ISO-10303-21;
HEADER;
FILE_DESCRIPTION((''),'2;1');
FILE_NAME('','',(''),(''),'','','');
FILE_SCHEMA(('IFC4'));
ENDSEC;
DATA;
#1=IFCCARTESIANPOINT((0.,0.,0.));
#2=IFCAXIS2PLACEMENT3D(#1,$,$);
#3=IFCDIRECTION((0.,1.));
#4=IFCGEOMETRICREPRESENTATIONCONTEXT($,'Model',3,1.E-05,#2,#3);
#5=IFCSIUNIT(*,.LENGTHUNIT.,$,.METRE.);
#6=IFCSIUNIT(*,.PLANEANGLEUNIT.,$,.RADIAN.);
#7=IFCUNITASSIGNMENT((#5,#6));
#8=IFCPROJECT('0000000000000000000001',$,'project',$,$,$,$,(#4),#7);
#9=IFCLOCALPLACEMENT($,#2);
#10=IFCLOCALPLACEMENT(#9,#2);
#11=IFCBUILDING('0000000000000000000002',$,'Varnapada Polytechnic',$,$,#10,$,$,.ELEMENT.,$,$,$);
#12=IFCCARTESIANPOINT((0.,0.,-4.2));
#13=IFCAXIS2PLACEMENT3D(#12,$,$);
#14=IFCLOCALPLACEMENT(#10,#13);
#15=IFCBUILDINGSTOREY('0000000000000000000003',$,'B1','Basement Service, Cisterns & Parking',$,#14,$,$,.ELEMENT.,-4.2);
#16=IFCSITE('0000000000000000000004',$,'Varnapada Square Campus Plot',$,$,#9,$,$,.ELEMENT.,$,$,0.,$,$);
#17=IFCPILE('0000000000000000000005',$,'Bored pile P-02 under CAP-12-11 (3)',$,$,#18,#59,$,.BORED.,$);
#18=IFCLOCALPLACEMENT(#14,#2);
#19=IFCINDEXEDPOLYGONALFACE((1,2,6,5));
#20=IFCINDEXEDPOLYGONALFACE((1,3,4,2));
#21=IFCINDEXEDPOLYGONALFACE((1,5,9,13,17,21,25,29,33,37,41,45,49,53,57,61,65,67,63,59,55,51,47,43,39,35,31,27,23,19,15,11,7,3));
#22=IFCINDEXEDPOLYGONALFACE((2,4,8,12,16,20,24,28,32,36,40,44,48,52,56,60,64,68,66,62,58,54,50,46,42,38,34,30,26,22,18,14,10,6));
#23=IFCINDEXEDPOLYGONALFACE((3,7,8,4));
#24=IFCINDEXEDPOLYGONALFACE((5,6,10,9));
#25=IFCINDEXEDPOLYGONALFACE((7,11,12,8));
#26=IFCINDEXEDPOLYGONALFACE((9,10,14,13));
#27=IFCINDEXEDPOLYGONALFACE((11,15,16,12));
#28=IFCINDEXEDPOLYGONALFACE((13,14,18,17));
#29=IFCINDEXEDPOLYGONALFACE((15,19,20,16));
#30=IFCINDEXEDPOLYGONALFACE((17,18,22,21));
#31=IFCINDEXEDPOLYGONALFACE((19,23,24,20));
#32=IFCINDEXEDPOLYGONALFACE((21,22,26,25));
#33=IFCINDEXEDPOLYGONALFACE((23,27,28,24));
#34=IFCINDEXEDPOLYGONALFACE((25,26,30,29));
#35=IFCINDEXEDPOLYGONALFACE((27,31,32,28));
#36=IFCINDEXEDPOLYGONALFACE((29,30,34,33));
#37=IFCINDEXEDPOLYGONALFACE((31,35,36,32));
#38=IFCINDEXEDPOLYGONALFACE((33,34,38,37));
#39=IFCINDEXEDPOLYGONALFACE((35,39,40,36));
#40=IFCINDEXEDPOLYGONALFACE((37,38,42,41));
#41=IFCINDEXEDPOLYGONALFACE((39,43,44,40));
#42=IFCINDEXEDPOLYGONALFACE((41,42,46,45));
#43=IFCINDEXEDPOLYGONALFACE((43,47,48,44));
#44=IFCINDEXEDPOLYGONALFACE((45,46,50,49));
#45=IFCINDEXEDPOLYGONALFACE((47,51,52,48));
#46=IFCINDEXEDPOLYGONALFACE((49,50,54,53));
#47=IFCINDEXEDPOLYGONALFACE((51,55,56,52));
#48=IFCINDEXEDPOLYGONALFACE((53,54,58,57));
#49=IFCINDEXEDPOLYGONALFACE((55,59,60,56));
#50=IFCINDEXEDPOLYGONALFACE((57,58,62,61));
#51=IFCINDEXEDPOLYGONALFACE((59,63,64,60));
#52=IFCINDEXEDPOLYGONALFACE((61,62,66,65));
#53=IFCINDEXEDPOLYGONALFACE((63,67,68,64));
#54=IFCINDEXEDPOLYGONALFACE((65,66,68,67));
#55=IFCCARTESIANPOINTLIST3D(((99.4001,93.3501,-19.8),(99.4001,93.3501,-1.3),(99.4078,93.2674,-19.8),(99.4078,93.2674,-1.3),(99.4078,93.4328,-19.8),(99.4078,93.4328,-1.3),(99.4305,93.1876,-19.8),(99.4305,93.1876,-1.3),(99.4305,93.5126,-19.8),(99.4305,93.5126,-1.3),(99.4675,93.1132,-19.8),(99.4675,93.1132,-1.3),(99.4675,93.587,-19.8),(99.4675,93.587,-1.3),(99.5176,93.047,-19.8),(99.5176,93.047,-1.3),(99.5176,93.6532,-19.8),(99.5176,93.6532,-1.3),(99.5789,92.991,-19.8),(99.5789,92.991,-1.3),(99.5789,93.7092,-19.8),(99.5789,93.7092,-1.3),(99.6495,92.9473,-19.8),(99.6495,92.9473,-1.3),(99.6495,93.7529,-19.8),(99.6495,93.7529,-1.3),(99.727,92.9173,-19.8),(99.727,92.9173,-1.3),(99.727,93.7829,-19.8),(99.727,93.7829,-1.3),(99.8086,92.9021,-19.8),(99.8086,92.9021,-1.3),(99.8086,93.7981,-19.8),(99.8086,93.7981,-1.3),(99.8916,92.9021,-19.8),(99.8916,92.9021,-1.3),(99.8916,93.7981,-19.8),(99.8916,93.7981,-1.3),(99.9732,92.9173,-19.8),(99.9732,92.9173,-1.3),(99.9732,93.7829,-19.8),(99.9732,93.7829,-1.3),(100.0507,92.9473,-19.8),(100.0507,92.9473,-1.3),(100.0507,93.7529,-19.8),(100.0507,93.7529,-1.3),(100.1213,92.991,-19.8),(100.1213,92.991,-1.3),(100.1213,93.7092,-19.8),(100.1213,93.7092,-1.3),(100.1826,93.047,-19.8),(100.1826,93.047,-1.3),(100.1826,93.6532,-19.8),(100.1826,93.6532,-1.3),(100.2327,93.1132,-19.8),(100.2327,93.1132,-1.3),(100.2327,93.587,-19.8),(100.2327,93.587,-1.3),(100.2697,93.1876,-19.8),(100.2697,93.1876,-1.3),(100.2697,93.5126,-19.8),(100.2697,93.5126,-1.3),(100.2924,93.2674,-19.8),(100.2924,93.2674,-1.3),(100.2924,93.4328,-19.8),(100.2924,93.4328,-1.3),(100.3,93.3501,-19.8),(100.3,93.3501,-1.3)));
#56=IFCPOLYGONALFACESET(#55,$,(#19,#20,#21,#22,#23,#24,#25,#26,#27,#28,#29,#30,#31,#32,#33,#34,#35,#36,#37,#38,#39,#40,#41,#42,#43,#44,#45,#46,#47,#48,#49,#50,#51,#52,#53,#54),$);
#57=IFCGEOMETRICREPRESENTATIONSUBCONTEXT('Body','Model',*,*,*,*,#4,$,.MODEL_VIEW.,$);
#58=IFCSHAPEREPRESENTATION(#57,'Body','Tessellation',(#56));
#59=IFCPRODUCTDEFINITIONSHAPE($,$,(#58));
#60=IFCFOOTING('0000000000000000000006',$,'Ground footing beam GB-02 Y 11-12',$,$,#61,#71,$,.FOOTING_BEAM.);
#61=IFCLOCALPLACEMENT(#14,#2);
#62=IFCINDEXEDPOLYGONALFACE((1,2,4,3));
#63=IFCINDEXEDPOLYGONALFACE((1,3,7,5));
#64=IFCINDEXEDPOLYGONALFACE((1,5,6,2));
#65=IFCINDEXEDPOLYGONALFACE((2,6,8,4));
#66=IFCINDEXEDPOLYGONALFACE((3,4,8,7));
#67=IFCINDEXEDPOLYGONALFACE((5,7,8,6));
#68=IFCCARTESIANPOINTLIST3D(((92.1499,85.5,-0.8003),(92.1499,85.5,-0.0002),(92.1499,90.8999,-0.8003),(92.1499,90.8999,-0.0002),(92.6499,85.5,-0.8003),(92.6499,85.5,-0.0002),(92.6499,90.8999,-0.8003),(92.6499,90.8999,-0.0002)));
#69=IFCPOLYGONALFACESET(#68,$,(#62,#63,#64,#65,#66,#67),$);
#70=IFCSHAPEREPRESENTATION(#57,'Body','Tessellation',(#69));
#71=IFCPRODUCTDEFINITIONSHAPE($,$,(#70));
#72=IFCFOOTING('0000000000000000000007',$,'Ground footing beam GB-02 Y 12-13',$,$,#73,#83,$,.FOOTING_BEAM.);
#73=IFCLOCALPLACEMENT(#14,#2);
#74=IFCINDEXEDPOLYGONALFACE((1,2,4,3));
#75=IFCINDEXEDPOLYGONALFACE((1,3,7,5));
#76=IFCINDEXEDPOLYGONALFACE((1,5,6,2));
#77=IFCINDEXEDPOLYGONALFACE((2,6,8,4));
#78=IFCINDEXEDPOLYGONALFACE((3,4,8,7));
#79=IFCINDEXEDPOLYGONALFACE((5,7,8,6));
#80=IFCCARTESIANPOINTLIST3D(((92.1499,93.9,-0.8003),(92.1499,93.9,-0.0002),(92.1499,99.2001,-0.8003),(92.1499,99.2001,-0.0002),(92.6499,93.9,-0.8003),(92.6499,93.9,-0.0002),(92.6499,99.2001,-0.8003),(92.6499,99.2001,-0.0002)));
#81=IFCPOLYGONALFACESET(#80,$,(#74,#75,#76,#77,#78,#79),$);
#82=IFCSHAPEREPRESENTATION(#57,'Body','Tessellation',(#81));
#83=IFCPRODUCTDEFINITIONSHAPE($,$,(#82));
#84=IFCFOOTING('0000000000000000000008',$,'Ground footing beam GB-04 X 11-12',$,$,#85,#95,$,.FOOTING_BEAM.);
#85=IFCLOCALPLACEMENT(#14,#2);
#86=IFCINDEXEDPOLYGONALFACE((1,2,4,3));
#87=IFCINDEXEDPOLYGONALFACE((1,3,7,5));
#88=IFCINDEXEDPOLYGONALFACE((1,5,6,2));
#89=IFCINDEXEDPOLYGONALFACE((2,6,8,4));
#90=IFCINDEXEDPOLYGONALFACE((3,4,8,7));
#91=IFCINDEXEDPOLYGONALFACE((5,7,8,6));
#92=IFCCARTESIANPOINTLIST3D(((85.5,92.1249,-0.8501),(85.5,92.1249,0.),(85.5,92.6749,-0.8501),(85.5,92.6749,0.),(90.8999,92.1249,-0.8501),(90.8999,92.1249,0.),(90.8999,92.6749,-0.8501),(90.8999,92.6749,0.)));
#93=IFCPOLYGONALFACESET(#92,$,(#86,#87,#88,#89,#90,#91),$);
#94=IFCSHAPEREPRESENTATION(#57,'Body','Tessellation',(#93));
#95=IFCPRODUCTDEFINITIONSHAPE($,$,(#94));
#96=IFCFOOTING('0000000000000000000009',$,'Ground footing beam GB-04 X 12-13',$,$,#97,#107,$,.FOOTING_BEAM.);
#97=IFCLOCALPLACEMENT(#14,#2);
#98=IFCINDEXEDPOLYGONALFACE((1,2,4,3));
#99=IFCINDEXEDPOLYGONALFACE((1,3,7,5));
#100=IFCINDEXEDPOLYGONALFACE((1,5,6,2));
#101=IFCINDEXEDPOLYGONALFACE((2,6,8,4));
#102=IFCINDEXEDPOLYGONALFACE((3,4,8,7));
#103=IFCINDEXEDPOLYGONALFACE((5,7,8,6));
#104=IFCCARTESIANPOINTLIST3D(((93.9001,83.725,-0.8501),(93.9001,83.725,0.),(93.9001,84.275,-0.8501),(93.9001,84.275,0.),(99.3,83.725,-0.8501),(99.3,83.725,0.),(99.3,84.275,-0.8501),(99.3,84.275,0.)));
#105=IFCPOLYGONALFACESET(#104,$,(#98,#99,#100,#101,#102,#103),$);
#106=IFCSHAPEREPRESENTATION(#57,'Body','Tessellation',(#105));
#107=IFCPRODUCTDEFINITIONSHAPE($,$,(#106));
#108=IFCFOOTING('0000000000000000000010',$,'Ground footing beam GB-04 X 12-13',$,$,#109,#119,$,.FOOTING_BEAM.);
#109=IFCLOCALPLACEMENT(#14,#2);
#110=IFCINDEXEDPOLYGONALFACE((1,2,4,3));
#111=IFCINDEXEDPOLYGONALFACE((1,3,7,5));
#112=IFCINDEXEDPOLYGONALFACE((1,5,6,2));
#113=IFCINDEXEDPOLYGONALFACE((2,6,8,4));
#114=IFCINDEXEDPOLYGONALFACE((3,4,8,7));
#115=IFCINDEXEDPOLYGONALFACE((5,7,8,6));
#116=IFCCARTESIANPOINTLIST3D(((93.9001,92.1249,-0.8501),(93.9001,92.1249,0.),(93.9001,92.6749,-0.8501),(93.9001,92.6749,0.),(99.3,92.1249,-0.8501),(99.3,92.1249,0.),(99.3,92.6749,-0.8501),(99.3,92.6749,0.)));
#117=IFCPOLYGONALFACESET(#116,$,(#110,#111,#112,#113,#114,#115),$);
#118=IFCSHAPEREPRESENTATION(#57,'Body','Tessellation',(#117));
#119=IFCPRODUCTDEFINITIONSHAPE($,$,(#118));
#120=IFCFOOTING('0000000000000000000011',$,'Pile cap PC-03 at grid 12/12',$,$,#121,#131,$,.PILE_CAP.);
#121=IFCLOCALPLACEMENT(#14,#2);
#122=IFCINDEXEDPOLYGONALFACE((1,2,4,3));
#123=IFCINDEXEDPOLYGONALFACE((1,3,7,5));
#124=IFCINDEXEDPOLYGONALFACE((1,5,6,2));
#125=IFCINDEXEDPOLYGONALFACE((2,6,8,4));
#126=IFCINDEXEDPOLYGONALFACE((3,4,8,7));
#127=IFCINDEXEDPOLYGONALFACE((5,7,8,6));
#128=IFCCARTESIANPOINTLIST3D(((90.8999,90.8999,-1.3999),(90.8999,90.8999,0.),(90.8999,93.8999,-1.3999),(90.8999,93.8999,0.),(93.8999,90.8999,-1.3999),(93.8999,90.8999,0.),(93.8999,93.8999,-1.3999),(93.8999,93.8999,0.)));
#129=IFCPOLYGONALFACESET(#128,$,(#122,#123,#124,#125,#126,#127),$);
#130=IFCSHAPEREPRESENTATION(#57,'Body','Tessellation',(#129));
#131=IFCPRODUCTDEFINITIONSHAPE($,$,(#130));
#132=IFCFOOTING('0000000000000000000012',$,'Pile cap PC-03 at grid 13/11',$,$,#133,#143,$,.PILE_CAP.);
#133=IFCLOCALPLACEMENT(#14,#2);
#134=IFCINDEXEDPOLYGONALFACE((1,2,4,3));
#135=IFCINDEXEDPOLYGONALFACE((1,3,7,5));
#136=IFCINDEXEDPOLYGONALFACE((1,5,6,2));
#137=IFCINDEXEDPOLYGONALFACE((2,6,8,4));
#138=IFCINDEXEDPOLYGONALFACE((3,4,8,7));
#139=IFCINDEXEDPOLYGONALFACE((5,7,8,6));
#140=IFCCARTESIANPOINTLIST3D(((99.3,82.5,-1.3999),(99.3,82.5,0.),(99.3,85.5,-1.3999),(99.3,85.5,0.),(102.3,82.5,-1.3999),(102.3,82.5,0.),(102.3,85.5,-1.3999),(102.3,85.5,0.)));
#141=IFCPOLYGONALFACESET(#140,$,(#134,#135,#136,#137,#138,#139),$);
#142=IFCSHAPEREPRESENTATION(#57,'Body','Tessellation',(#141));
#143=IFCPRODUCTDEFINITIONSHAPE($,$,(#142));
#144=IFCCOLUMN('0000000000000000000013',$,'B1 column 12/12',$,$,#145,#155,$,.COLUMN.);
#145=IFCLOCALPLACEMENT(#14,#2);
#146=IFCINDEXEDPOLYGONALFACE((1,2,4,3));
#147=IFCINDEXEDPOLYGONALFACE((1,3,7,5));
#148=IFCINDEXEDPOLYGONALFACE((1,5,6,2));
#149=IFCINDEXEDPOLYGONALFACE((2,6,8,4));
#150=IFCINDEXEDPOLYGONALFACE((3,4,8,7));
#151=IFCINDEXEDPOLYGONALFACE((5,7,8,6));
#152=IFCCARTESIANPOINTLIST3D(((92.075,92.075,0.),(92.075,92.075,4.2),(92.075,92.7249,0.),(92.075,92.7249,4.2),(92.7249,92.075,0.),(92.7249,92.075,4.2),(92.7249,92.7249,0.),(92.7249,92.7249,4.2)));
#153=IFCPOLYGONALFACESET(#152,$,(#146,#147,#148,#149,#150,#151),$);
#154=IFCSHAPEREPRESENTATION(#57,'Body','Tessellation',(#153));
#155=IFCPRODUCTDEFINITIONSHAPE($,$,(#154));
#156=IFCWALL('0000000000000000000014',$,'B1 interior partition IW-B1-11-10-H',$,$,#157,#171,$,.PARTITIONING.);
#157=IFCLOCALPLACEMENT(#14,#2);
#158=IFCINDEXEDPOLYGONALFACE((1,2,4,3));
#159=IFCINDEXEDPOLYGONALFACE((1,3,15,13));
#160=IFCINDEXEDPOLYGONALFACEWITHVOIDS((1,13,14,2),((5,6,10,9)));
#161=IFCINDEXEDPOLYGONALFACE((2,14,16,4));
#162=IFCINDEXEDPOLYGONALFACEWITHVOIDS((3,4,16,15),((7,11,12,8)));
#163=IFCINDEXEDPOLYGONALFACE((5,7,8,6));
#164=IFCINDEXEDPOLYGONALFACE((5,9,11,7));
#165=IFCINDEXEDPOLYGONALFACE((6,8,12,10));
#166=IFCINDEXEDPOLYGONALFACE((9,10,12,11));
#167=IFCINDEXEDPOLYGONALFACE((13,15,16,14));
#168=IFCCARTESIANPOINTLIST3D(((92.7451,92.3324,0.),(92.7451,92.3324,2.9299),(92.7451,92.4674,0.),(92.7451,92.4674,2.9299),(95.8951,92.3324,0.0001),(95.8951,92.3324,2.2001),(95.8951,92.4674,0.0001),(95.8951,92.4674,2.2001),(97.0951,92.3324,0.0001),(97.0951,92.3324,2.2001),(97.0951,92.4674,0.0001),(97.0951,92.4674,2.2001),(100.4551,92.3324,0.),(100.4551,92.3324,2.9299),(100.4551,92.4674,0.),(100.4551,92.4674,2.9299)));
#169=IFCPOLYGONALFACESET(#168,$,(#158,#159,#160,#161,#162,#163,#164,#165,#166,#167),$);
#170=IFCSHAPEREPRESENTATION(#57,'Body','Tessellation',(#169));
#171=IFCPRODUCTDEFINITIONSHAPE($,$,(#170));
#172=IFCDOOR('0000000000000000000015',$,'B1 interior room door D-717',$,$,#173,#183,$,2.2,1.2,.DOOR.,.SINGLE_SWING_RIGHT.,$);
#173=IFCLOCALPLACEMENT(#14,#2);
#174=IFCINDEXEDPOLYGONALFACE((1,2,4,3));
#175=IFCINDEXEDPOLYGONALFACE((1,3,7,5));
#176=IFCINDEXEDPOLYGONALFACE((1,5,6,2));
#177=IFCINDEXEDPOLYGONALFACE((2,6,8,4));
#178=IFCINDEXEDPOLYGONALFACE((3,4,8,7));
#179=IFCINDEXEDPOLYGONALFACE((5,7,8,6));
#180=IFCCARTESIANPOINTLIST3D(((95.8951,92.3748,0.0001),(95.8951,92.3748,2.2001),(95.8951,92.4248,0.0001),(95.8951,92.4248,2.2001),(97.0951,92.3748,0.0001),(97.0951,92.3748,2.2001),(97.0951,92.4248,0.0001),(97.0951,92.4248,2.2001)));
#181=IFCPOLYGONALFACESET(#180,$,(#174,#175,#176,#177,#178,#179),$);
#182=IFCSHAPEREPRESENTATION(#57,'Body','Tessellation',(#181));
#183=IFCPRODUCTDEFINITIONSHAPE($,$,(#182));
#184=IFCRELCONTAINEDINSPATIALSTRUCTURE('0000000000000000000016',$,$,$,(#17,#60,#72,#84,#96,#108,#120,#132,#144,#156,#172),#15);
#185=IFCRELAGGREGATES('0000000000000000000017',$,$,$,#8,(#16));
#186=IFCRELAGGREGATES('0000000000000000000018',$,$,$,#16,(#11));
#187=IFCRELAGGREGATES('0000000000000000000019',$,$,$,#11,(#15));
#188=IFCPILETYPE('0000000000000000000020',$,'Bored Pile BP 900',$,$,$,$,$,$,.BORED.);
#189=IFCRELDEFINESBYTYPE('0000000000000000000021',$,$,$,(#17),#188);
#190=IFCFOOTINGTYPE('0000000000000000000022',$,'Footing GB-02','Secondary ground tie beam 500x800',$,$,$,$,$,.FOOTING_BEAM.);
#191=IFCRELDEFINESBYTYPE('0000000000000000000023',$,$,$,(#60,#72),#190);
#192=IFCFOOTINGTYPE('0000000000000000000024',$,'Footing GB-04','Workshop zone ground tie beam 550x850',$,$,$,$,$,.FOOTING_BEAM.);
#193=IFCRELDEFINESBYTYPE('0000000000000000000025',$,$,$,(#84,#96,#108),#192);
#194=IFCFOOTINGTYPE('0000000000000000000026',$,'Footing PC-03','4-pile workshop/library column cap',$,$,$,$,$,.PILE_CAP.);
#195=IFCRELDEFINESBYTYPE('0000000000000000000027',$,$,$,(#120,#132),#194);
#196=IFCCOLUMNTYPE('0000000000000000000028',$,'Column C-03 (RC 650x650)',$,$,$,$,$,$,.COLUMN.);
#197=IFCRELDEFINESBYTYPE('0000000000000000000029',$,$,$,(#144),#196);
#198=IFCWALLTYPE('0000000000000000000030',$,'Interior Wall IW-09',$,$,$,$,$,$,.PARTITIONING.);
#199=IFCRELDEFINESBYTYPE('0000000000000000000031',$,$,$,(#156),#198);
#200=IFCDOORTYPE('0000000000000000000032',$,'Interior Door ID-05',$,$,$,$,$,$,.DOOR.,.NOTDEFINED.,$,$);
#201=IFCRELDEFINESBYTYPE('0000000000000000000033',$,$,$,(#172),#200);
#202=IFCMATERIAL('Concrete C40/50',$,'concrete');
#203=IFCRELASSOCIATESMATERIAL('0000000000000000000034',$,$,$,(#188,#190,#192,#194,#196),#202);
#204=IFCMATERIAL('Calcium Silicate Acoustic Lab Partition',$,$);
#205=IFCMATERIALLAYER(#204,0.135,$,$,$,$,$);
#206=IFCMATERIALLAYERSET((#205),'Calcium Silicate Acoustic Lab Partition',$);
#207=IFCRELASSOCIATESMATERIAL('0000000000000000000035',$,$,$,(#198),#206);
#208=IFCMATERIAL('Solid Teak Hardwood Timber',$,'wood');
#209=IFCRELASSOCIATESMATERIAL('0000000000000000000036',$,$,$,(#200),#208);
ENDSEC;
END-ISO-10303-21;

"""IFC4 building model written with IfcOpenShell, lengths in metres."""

from ifc_helpers import new_model, si_unit, direction, frame, frame_2d, origin, origin_2d, place, context, subcontext, project, spatial, rectangle, circle, extrude, material, layer, layer_set, material_profile, profile_set, type_object, element, fill, save


model = new_model("IFC4")

# Units and contexts
model_context = context("Model", 3, precision=1e-05, world=origin(), true_north=direction((0.0, 1.0)))
body_context = subcontext(model_context, "Body", "Model", "MODEL_VIEW")
ifc_project = project(units=[si_unit("LENGTHUNIT", "METRE"), si_unit("PLANEANGLEUNIT", "RADIAN")], contexts=[model_context])

# Site, building, storey
site_placement = place(None, origin())
site = spatial("IfcSite", under=ifc_project, at=site_placement, Name="Varnapada Square Campus Plot", CompositionType="ELEMENT", RefElevation=0.0)
building_placement = place(site_placement, origin())
building = spatial("IfcBuilding", under=site, at=building_placement, Name="Varnapada Polytechnic", CompositionType="ELEMENT")
storey_placement = place(building_placement, frame((0.0, 0.0, -4.2)))
storey = spatial("IfcBuildingStorey", under=building, at=storey_placement, Name="B1", Description="Basement Service, Cisterns & Parking", CompositionType="ELEMENT", Elevation=-4.2)

# Pile
ifc_material_1 = material(Name="Concrete C40/50", Category="concrete")
ifc_material_profile_1 = material_profile(ifc_material_1, circle(Radius=0.45, at=origin_2d()), Name="BP 900")
ifc_profile_set_1 = profile_set([ifc_material_profile_1], Name="Concrete C40/50")
pile_type_1 = type_object("IfcPileType", Name="Bored Pile BP 900", PredefinedType="BORED", material=ifc_profile_set_1)
for number, where, z_axis, x_axis, name in (
    (1, (99.8501, 93.3501, -1.3), (0.0, 0.0, -1.0), (1.0, 0.0, 0.0), "Bored pile P-02 under CAP-12-11 (3)"),
):
    element("IfcPile", number, at=place(storey_placement, frame(where, z_axis=z_axis, x_axis=x_axis)), inside=storey, type_object=pile_type_1, Name=name, PredefinedType="BORED", context=body_context, shape_type="SweptSolid", body=[
        extrude(circle(Radius=0.45, at=origin_2d()), origin(), (0.0, 0.0, 1.0), 18.5),
    ])

# Footings
footing_type_1 = type_object("IfcFootingType", Name="Footing GB-02", Description="Secondary ground tie beam 500x800", PredefinedType="FOOTING_BEAM", material=ifc_material_1)
footing_1_placement = place(storey_placement, frame((92.3999, 88.2, -0.8003), z_axis=(0.0, 0.0, 1.0), x_axis=(0.0, 1.0, 0.0)))
element("IfcFooting", 2, at=footing_1_placement, inside=storey, type_object=footing_type_1, Name="Ground footing beam GB-02 Y 11-12", PredefinedType="FOOTING_BEAM", context=body_context, shape_type="SweptSolid", body=[
    extrude(rectangle(XDim=5.3999, YDim=0.5, at=origin_2d()), origin(), (0.0, 0.0, 1.0), 0.8),
])
footing_2_placement = place(storey_placement, frame((92.3999, 96.55, -0.8003), z_axis=(0.0, 0.0, 1.0), x_axis=(0.0, 1.0, 0.0)))
element("IfcFooting", 3, at=footing_2_placement, inside=storey, type_object=footing_type_1, Name="Ground footing beam GB-02 Y 12-13", PredefinedType="FOOTING_BEAM", context=body_context, shape_type="SweptSolid", body=[
    extrude(rectangle(XDim=5.3, YDim=0.5, at=origin_2d()), origin(), (0.0, 0.0, 1.0), 0.8),
])
footing_type_2 = type_object("IfcFootingType", Name="Footing GB-04", Description="Workshop zone ground tie beam 550x850", PredefinedType="FOOTING_BEAM", material=ifc_material_1)
for number, where, z_axis, x_axis, name in (
    (4, (88.2, 92.3999, -0.8501), (0.0, 0.0, 1.0), (1.0, 0.0, 0.0), "Ground footing beam GB-04 X 11-12"),
    (5, (96.6001, 84.0, -0.8501), (0.0, 0.0, 1.0), (1.0, 0.0, 0.0), "Ground footing beam GB-04 X 12-13"),
    (6, (96.6001, 92.3999, -0.8501), (0.0, 0.0, 1.0), (1.0, 0.0, 0.0), "Ground footing beam GB-04 X 12-13"),
):
    element("IfcFooting", number, at=place(storey_placement, frame(where, z_axis=z_axis, x_axis=x_axis)), inside=storey, type_object=footing_type_2, Name=name, PredefinedType="FOOTING_BEAM", context=body_context, shape_type="SweptSolid", body=[
        extrude(rectangle(XDim=5.3999, YDim=0.55, at=origin_2d()), origin(), (0.0, 0.0, 1.0), 0.8501),
    ])
footing_type_3 = type_object("IfcFootingType", Name="Footing PC-03", Description="4-pile workshop/library column cap", PredefinedType="PILE_CAP", material=ifc_material_1)
for number, where, z_axis, x_axis, name in (
    (7, (92.3999, 92.3999, -1.3999), (0.0, 0.0, 1.0), (1.0, 0.0, 0.0), "Pile cap PC-03 at grid 12/12"),
    (8, (100.8, 84.0, -1.3999), (0.0, 0.0, 1.0), (1.0, 0.0, 0.0), "Pile cap PC-03 at grid 13/11"),
):
    element("IfcFooting", number, at=place(storey_placement, frame(where, z_axis=z_axis, x_axis=x_axis)), inside=storey, type_object=footing_type_3, Name=name, PredefinedType="PILE_CAP", context=body_context, shape_type="SweptSolid", body=[
        extrude(rectangle(XDim=3.0, YDim=3.0, at=origin_2d()), origin(), (0.0, 0.0, 1.0), 1.3999),
    ])

# Column
ifc_material_profile_2 = material_profile(ifc_material_1, rectangle(XDim=0.6499, YDim=0.6499, at=origin_2d()), Name="RC 650x650")
ifc_profile_set_2 = profile_set([ifc_material_profile_2], Name="Concrete C40/50")
column_type = type_object("IfcColumnType", Name="Column C-03 (RC 650x650)", PredefinedType="COLUMN", material=ifc_profile_set_2)
column_placement = place(storey_placement, frame((92.3999, 92.3999, 0.0), z_axis=(0.0, 0.0, 1.0), x_axis=(1.0, 0.0, 0.0)))
element("IfcColumn", 9, at=column_placement, inside=storey, type_object=column_type, Name="B1 column 12/12", PredefinedType="COLUMN", context=body_context, shape_type="SweptSolid", body=[
    extrude(rectangle(XDim=0.6499, YDim=0.6499, at=origin_2d()), origin(), (0.0, 0.0, 1.0), 4.2),
])

# Wall, opening, door
ifc_material_2 = material(Name="Calcium Silicate Acoustic Lab Partition")
ifc_layer_1 = layer(ifc_material_2, 0.135)
ifc_layer_set_1 = layer_set([ifc_layer_1], Name="Calcium Silicate Acoustic Lab Partition")
wall_type_1 = type_object("IfcWallType", Name="Interior Wall IW-09", PredefinedType="PARTITIONING", material=ifc_layer_set_1)
wall_1_placement = place(storey_placement, frame((92.7451, 92.3999, 0.0), z_axis=(0.0, 0.0, 1.0), x_axis=(1.0, 0.0, 0.0)))
wall_1 = element("IfcWall", 10, at=wall_1_placement, inside=storey, type_object=wall_type_1, Name="B1 interior partition IW-B1-11-10-H", PredefinedType="PARTITIONING", context=body_context, shape_type="SweptSolid", body=[
    extrude(rectangle(XDim=7.71, YDim=0.135, at=frame_2d((3.855, 0.0))), origin(), (0.0, 0.0, 1.0), 2.9299),
])
opening_1_placement = place(wall_1_placement, frame((3.1499, 0.0, 0.0)))
opening_1 = element("IfcOpeningElement", 11, at=opening_1_placement, cuts=wall_1, PredefinedType="OPENING", context=body_context, shape_type="SweptSolid", body=[
    extrude(rectangle(XDim=1.2, YDim=2.2, at=frame_2d((0.6001, 1.1001))), frame((0.0, 0.0774, 0.0), z_axis=(0.0, -1.0, 0.0), x_axis=(1.0, 0.0, 0.0)), (0.0, 0.0, 1.0), 0.155),
])
ifc_material_3 = material(Name="Solid Teak Hardwood Timber", Category="wood")
door_type_1 = type_object("IfcDoorType", Name="Interior Door ID-05", OperationType="NOTDEFINED", PredefinedType="DOOR", material=ifc_material_3)
door_1_placement = place(opening_1_placement, origin())
door_1 = element("IfcDoor", 12, at=door_1_placement, inside=storey, type_object=door_type_1, Name="B1 interior room door D-717", OperationType="SINGLE_SWING_RIGHT", OverallHeight=2.2, OverallWidth=1.2, PredefinedType="DOOR", context=body_context, shape_type="SweptSolid", body=[
    extrude(rectangle(XDim=1.2, YDim=2.2, at=frame_2d((0.6001, 1.1001))), frame((0.0, 0.0249, 0.0), z_axis=(0.0, -1.0, 0.0), x_axis=(1.0, 0.0, 0.0)), (0.0, 0.0, 1.0), 0.05),
])
fill(opening_1, door_1)

save(model, "model.ifc")
